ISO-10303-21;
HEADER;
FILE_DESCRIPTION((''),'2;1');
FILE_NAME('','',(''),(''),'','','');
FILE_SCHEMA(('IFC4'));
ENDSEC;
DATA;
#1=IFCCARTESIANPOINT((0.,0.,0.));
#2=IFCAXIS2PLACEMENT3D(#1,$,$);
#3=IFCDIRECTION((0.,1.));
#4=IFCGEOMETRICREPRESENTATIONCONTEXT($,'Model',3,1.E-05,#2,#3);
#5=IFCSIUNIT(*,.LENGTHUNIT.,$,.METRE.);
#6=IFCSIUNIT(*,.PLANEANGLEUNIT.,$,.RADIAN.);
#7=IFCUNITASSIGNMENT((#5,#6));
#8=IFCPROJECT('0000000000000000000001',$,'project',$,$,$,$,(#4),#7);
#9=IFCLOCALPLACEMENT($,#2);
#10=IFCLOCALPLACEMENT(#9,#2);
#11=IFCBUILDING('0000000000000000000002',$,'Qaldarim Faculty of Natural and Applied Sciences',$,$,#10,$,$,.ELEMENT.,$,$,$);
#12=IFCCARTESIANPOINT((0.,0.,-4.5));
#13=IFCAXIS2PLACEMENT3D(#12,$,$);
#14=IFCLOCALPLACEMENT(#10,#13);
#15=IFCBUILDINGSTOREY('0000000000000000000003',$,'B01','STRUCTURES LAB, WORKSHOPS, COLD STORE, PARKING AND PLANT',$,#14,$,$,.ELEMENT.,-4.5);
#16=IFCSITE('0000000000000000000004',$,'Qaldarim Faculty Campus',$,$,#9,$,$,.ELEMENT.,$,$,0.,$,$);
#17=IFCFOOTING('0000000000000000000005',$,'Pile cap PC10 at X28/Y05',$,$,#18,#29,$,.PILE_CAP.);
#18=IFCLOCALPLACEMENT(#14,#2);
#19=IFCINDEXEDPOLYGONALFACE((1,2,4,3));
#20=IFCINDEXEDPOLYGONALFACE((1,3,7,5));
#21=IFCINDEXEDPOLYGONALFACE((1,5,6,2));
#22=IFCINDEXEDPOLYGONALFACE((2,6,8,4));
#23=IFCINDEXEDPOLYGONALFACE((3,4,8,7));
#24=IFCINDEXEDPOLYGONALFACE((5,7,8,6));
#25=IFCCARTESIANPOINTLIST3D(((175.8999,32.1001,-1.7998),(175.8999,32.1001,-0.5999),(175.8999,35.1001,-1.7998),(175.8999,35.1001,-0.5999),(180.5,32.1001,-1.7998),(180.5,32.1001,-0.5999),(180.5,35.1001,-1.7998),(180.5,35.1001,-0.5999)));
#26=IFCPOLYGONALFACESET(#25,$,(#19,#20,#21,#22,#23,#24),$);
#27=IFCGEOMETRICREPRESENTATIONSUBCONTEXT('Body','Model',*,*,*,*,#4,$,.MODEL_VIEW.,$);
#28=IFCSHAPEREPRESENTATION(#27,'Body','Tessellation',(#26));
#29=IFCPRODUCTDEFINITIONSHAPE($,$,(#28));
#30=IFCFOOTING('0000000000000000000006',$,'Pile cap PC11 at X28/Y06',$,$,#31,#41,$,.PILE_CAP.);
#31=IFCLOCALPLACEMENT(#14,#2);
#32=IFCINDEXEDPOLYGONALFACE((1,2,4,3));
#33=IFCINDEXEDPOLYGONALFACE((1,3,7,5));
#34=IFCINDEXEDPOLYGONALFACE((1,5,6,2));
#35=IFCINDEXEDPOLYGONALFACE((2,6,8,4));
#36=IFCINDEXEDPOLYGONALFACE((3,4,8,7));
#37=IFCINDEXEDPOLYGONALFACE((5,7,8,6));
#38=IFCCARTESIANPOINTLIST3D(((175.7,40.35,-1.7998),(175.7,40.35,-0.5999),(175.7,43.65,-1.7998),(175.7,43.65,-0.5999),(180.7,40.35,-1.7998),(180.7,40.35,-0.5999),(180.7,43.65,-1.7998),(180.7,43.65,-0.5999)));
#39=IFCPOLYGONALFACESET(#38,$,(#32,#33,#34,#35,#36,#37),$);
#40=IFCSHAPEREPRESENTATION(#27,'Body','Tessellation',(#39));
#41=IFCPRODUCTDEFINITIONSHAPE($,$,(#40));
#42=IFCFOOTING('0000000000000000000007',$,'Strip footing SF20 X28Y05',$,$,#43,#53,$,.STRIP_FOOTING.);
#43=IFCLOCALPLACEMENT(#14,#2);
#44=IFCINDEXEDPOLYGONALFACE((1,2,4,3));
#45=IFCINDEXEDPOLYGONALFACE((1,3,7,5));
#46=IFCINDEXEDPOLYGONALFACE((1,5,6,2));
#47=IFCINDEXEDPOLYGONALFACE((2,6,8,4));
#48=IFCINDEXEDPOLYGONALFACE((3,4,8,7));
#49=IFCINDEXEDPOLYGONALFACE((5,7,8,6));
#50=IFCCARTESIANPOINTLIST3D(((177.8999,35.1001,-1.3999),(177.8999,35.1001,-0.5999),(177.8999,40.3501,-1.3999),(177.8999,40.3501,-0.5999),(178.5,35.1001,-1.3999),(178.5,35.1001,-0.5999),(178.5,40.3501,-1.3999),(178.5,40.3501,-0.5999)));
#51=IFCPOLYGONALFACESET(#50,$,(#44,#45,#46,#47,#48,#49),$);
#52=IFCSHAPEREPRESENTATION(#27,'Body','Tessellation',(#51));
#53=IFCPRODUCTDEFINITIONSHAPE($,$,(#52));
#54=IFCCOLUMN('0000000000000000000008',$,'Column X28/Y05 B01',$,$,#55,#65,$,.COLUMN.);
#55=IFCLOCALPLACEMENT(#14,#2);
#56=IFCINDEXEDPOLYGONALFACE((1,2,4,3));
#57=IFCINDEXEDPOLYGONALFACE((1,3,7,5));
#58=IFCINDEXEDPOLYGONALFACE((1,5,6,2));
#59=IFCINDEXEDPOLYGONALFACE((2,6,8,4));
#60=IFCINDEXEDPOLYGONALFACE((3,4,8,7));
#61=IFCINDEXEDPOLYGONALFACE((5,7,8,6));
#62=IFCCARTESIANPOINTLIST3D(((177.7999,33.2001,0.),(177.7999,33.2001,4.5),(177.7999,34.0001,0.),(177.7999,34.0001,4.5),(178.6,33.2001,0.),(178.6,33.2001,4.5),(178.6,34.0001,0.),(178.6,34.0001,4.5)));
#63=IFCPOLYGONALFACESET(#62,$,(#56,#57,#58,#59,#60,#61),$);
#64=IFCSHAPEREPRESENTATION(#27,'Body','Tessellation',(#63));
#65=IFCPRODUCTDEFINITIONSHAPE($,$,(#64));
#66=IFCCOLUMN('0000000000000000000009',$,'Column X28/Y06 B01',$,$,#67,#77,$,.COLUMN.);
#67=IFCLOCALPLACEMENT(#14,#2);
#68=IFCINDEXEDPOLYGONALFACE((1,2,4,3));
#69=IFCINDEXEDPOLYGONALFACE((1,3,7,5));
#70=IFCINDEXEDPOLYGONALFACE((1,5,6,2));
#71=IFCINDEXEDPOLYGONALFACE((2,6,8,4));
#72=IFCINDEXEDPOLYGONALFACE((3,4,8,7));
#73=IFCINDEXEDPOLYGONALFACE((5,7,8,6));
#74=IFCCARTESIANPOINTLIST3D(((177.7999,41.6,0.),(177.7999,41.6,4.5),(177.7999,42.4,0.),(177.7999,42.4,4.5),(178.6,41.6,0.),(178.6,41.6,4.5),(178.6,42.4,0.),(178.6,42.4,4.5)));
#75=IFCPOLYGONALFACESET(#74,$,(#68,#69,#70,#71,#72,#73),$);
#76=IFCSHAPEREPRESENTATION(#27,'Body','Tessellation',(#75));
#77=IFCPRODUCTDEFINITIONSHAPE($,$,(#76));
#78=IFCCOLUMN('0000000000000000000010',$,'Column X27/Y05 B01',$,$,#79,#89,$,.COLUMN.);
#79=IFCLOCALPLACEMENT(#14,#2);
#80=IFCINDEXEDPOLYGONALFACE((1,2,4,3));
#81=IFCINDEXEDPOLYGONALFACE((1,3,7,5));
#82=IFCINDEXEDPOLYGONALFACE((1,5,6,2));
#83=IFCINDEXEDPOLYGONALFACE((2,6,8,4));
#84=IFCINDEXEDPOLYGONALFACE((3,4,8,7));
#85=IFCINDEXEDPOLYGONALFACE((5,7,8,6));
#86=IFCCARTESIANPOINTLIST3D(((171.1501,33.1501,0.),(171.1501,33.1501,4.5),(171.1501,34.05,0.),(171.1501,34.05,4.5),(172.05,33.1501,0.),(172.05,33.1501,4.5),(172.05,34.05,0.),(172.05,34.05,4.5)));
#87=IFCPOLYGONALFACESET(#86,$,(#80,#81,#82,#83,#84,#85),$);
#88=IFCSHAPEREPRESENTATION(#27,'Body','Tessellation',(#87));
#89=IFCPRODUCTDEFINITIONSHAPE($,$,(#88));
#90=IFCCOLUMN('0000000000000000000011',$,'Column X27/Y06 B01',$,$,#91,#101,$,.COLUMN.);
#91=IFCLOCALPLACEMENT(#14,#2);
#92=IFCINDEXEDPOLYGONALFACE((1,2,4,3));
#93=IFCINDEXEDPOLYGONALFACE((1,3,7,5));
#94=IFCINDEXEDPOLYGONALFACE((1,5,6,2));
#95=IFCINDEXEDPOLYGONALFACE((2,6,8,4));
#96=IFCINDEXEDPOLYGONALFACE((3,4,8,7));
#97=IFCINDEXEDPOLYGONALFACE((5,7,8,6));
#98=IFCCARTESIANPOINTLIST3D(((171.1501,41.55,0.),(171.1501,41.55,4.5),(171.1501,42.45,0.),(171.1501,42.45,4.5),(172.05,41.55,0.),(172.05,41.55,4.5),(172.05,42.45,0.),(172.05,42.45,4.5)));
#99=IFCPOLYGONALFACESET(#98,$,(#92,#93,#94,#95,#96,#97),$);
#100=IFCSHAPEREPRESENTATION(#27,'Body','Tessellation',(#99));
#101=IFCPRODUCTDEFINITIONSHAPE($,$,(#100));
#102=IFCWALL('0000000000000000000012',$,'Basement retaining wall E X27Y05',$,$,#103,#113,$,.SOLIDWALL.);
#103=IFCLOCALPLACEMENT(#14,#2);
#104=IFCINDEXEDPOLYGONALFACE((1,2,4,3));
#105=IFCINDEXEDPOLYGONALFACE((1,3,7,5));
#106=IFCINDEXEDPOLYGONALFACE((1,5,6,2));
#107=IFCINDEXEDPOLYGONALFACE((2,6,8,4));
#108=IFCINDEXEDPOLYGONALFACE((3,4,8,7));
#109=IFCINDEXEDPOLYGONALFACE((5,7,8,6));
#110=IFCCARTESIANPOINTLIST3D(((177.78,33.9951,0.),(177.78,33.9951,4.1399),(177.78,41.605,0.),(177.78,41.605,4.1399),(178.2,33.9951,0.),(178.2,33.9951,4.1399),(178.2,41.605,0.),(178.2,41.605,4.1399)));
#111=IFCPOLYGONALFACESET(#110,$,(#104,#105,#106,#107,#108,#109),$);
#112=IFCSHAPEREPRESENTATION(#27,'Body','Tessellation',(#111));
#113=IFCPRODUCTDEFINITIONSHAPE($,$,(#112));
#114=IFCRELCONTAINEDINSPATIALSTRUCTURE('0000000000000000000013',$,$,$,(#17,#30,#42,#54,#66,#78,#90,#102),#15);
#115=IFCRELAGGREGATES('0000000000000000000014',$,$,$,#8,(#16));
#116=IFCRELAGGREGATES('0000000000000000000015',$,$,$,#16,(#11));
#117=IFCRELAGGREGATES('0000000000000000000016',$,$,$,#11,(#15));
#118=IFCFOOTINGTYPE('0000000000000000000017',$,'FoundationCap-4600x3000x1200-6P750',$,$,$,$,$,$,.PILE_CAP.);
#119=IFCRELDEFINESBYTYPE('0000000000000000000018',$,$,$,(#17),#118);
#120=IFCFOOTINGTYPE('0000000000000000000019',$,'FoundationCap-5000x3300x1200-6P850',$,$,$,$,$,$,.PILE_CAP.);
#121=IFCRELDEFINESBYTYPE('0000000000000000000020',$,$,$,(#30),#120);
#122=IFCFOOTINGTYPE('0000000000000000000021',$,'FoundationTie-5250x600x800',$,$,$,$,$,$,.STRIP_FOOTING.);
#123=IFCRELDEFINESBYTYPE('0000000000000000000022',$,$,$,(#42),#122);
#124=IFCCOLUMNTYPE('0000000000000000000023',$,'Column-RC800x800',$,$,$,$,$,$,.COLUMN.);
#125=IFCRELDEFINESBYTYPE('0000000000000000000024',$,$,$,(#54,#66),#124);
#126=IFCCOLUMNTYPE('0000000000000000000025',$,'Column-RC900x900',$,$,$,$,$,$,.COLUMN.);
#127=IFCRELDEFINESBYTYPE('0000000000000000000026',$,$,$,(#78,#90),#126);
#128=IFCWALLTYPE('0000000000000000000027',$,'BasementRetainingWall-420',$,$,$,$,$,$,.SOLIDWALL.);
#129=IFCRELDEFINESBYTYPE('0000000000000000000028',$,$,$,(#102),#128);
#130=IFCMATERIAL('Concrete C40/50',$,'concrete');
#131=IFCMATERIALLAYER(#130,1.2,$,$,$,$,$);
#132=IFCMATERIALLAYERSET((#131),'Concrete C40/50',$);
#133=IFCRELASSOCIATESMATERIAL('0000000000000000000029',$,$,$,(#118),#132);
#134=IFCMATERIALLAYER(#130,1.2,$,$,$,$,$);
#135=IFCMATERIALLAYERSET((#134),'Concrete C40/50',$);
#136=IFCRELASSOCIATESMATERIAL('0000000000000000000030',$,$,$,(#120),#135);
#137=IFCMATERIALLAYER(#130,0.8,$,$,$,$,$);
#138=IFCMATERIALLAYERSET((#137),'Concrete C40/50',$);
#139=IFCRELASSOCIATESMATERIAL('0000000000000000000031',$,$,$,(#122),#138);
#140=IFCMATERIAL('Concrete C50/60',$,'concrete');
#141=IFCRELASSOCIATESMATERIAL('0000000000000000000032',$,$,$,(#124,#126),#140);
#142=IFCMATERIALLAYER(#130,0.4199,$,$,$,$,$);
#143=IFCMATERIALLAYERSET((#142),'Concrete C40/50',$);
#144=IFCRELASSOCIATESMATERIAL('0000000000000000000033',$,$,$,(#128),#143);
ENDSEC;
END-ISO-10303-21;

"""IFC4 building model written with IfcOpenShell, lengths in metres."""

from ifc_helpers import new_model, si_unit, direction, frame, frame_2d, origin, origin_2d, place, context, subcontext, project, spatial, rectangle, extrude, material, layer, layer_set, material_profile, profile_set, type_object, element, save


model = new_model("IFC4")

# Units and contexts
model_context = context("Model", 3, precision=1e-05, world=origin(), true_north=direction((0.0, 1.0)))
body_context = subcontext(model_context, "Body", "Model", "MODEL_VIEW")
ifc_project = project(units=[si_unit("LENGTHUNIT", "METRE"), si_unit("PLANEANGLEUNIT", "RADIAN")], contexts=[model_context])

# Site, building, storey
site_placement = place(None, origin())
site = spatial("IfcSite", under=ifc_project, at=site_placement, Name="Qaldarim Faculty Campus", CompositionType="ELEMENT", RefElevation=0.0)
building_placement = place(site_placement, origin())
building = spatial("IfcBuilding", under=site, at=building_placement, Name="Qaldarim Faculty of Natural and Applied Sciences", CompositionType="ELEMENT")
storey_placement = place(building_placement, frame((0.0, 0.0, -4.5)))
storey = spatial("IfcBuildingStorey", under=building, at=storey_placement, Name="B01", Description="STRUCTURES LAB, WORKSHOPS, COLD STORE, PARKING AND PLANT", CompositionType="ELEMENT", Elevation=-4.5)

# Shared definitions
ifc_material_1 = material(Name="Concrete C40/50", Category="concrete")

# Footings
ifc_layer_1 = layer(ifc_material_1, 1.2)
ifc_layer_set_1 = layer_set([ifc_layer_1], Name="Concrete C40/50")
footing_type_1 = type_object("IfcFootingType", Name="FoundationCap-4600x3000x1200-6P750", PredefinedType="PILE_CAP", material=ifc_layer_set_1)
for number, where, z_axis, x_axis, name in (
    (1, (178.2, 33.6001, -1.7998), (0.0, 0.0, 1.0), (1.0, 0.0, 0.0), "Pile cap PC10 at X28/Y05"),
):
    element("IfcFooting", number, at=place(storey_placement, frame(where, z_axis=z_axis, x_axis=x_axis)), inside=storey, type_object=footing_type_1, Name=name, PredefinedType="PILE_CAP", context=body_context, shape_type="SweptSolid", body=[
        extrude(rectangle(XDim=4.6001, YDim=3.0, at=origin_2d()), origin(), (0.0, 0.0, 1.0), 1.2),
    ])
ifc_layer_2 = layer(ifc_material_1, 1.2)
ifc_layer_set_2 = layer_set([ifc_layer_2], Name="Concrete C40/50")
footing_type_2 = type_object("IfcFootingType", Name="FoundationCap-5000x3300x1200-6P850", PredefinedType="PILE_CAP", material=ifc_layer_set_2)
footing_1_placement = place(storey_placement, frame((178.2, 42.0, -1.7998), z_axis=(0.0, 0.0, 1.0), x_axis=(1.0, 0.0, 0.0)))
element("IfcFooting", 2, at=footing_1_placement, inside=storey, type_object=footing_type_2, Name="Pile cap PC11 at X28/Y06", PredefinedType="PILE_CAP", context=body_context, shape_type="SweptSolid", body=[
    extrude(rectangle(XDim=5.0, YDim=3.3, at=origin_2d()), origin(), (0.0, 0.0, 1.0), 1.2),
])
ifc_layer_3 = layer(ifc_material_1, 0.8)
ifc_layer_set_3 = layer_set([ifc_layer_3], Name="Concrete C40/50")
footing_type_3 = type_object("IfcFootingType", Name="FoundationTie-5250x600x800", PredefinedType="STRIP_FOOTING", material=ifc_layer_set_3)
footing_2_placement = place(storey_placement, frame((178.2, 37.7251, -1.3999), z_axis=(0.0, 0.0, 1.0), x_axis=(0.0, 1.0, 0.0)))
element("IfcFooting", 3, at=footing_2_placement, inside=storey, type_object=footing_type_3, Name="Strip footing SF20 X28Y05", PredefinedType="STRIP_FOOTING", context=body_context, shape_type="SweptSolid", body=[
    extrude(rectangle(XDim=5.25, YDim=0.6001, at=origin_2d()), origin(), (0.0, 0.0, 1.0), 0.8),
])

# Columns
ifc_material_2 = material(Name="Concrete C50/60", Category="concrete")
ifc_material_profile_1 = material_profile(ifc_material_2, rectangle(XDim=0.8, YDim=0.8, at=origin_2d()), Name="RC-C800x800")
ifc_profile_set_1 = profile_set([ifc_material_profile_1], Name="Concrete C50/60")
column_type_1 = type_object("IfcColumnType", Name="Column-RC800x800", PredefinedType="COLUMN", material=ifc_profile_set_1)
for number, where, z_axis, x_axis, name in (
    (4, (178.2, 33.6001, 0.0), (0.0, 0.0, 1.0), (1.0, 0.0, 0.0), "Column X28/Y05 B01"),
    (5, (178.2, 42.0, 0.0), (0.0, 0.0, 1.0), (1.0, 0.0, 0.0), "Column X28/Y06 B01"),
):
    element("IfcColumn", number, at=place(storey_placement, frame(where, z_axis=z_axis, x_axis=x_axis)), inside=storey, type_object=column_type_1, Name=name, PredefinedType="COLUMN", context=body_context, shape_type="SweptSolid", body=[
        extrude(rectangle(XDim=0.8, YDim=0.8, at=origin_2d()), origin(), (0.0, 0.0, 1.0), 4.5),
    ])
ifc_material_profile_2 = material_profile(ifc_material_2, rectangle(XDim=0.8999, YDim=0.8999, at=origin_2d()), Name="RC-C900x900")
ifc_profile_set_2 = profile_set([ifc_material_profile_2], Name="Concrete C50/60")
column_type_2 = type_object("IfcColumnType", Name="Column-RC900x900", PredefinedType="COLUMN", material=ifc_profile_set_2)
for number, where, z_axis, x_axis, name in (
    (6, (171.6001, 33.6001, 0.0), (0.0, 0.0, 1.0), (1.0, 0.0, 0.0), "Column X27/Y05 B01"),
    (7, (171.6001, 42.0, 0.0), (0.0, 0.0, 1.0), (1.0, 0.0, 0.0), "Column X27/Y06 B01"),
):
    element("IfcColumn", number, at=place(storey_placement, frame(where, z_axis=z_axis, x_axis=x_axis)), inside=storey, type_object=column_type_2, Name=name, PredefinedType="COLUMN", context=body_context, shape_type="SweptSolid", body=[
        extrude(rectangle(XDim=0.8999, YDim=0.8999, at=origin_2d()), origin(), (0.0, 0.0, 1.0), 4.5),
    ])

# Wall
ifc_layer_4 = layer(ifc_material_1, 0.4199)
ifc_layer_set_4 = layer_set([ifc_layer_4], Name="Concrete C40/50")
wall_type = type_object("IfcWallType", Name="BasementRetainingWall-420", PredefinedType="SOLIDWALL", material=ifc_layer_set_4)
wall_placement = place(storey_placement, frame((177.99, 33.9951, 0.0), z_axis=(0.0, 0.0, 1.0), x_axis=(0.0, 1.0, 0.0)))
element("IfcWall", 8, at=wall_placement, inside=storey, type_object=wall_type, Name="Basement retaining wall E X27Y05", PredefinedType="SOLIDWALL", context=body_context, shape_type="SweptSolid", body=[
    extrude(rectangle(XDim=7.6099, YDim=0.4199, at=frame_2d((3.8049, 0.0))), origin(), (0.0, 0.0, 1.0), 4.1399),
])

save(model, "model.ifc")
